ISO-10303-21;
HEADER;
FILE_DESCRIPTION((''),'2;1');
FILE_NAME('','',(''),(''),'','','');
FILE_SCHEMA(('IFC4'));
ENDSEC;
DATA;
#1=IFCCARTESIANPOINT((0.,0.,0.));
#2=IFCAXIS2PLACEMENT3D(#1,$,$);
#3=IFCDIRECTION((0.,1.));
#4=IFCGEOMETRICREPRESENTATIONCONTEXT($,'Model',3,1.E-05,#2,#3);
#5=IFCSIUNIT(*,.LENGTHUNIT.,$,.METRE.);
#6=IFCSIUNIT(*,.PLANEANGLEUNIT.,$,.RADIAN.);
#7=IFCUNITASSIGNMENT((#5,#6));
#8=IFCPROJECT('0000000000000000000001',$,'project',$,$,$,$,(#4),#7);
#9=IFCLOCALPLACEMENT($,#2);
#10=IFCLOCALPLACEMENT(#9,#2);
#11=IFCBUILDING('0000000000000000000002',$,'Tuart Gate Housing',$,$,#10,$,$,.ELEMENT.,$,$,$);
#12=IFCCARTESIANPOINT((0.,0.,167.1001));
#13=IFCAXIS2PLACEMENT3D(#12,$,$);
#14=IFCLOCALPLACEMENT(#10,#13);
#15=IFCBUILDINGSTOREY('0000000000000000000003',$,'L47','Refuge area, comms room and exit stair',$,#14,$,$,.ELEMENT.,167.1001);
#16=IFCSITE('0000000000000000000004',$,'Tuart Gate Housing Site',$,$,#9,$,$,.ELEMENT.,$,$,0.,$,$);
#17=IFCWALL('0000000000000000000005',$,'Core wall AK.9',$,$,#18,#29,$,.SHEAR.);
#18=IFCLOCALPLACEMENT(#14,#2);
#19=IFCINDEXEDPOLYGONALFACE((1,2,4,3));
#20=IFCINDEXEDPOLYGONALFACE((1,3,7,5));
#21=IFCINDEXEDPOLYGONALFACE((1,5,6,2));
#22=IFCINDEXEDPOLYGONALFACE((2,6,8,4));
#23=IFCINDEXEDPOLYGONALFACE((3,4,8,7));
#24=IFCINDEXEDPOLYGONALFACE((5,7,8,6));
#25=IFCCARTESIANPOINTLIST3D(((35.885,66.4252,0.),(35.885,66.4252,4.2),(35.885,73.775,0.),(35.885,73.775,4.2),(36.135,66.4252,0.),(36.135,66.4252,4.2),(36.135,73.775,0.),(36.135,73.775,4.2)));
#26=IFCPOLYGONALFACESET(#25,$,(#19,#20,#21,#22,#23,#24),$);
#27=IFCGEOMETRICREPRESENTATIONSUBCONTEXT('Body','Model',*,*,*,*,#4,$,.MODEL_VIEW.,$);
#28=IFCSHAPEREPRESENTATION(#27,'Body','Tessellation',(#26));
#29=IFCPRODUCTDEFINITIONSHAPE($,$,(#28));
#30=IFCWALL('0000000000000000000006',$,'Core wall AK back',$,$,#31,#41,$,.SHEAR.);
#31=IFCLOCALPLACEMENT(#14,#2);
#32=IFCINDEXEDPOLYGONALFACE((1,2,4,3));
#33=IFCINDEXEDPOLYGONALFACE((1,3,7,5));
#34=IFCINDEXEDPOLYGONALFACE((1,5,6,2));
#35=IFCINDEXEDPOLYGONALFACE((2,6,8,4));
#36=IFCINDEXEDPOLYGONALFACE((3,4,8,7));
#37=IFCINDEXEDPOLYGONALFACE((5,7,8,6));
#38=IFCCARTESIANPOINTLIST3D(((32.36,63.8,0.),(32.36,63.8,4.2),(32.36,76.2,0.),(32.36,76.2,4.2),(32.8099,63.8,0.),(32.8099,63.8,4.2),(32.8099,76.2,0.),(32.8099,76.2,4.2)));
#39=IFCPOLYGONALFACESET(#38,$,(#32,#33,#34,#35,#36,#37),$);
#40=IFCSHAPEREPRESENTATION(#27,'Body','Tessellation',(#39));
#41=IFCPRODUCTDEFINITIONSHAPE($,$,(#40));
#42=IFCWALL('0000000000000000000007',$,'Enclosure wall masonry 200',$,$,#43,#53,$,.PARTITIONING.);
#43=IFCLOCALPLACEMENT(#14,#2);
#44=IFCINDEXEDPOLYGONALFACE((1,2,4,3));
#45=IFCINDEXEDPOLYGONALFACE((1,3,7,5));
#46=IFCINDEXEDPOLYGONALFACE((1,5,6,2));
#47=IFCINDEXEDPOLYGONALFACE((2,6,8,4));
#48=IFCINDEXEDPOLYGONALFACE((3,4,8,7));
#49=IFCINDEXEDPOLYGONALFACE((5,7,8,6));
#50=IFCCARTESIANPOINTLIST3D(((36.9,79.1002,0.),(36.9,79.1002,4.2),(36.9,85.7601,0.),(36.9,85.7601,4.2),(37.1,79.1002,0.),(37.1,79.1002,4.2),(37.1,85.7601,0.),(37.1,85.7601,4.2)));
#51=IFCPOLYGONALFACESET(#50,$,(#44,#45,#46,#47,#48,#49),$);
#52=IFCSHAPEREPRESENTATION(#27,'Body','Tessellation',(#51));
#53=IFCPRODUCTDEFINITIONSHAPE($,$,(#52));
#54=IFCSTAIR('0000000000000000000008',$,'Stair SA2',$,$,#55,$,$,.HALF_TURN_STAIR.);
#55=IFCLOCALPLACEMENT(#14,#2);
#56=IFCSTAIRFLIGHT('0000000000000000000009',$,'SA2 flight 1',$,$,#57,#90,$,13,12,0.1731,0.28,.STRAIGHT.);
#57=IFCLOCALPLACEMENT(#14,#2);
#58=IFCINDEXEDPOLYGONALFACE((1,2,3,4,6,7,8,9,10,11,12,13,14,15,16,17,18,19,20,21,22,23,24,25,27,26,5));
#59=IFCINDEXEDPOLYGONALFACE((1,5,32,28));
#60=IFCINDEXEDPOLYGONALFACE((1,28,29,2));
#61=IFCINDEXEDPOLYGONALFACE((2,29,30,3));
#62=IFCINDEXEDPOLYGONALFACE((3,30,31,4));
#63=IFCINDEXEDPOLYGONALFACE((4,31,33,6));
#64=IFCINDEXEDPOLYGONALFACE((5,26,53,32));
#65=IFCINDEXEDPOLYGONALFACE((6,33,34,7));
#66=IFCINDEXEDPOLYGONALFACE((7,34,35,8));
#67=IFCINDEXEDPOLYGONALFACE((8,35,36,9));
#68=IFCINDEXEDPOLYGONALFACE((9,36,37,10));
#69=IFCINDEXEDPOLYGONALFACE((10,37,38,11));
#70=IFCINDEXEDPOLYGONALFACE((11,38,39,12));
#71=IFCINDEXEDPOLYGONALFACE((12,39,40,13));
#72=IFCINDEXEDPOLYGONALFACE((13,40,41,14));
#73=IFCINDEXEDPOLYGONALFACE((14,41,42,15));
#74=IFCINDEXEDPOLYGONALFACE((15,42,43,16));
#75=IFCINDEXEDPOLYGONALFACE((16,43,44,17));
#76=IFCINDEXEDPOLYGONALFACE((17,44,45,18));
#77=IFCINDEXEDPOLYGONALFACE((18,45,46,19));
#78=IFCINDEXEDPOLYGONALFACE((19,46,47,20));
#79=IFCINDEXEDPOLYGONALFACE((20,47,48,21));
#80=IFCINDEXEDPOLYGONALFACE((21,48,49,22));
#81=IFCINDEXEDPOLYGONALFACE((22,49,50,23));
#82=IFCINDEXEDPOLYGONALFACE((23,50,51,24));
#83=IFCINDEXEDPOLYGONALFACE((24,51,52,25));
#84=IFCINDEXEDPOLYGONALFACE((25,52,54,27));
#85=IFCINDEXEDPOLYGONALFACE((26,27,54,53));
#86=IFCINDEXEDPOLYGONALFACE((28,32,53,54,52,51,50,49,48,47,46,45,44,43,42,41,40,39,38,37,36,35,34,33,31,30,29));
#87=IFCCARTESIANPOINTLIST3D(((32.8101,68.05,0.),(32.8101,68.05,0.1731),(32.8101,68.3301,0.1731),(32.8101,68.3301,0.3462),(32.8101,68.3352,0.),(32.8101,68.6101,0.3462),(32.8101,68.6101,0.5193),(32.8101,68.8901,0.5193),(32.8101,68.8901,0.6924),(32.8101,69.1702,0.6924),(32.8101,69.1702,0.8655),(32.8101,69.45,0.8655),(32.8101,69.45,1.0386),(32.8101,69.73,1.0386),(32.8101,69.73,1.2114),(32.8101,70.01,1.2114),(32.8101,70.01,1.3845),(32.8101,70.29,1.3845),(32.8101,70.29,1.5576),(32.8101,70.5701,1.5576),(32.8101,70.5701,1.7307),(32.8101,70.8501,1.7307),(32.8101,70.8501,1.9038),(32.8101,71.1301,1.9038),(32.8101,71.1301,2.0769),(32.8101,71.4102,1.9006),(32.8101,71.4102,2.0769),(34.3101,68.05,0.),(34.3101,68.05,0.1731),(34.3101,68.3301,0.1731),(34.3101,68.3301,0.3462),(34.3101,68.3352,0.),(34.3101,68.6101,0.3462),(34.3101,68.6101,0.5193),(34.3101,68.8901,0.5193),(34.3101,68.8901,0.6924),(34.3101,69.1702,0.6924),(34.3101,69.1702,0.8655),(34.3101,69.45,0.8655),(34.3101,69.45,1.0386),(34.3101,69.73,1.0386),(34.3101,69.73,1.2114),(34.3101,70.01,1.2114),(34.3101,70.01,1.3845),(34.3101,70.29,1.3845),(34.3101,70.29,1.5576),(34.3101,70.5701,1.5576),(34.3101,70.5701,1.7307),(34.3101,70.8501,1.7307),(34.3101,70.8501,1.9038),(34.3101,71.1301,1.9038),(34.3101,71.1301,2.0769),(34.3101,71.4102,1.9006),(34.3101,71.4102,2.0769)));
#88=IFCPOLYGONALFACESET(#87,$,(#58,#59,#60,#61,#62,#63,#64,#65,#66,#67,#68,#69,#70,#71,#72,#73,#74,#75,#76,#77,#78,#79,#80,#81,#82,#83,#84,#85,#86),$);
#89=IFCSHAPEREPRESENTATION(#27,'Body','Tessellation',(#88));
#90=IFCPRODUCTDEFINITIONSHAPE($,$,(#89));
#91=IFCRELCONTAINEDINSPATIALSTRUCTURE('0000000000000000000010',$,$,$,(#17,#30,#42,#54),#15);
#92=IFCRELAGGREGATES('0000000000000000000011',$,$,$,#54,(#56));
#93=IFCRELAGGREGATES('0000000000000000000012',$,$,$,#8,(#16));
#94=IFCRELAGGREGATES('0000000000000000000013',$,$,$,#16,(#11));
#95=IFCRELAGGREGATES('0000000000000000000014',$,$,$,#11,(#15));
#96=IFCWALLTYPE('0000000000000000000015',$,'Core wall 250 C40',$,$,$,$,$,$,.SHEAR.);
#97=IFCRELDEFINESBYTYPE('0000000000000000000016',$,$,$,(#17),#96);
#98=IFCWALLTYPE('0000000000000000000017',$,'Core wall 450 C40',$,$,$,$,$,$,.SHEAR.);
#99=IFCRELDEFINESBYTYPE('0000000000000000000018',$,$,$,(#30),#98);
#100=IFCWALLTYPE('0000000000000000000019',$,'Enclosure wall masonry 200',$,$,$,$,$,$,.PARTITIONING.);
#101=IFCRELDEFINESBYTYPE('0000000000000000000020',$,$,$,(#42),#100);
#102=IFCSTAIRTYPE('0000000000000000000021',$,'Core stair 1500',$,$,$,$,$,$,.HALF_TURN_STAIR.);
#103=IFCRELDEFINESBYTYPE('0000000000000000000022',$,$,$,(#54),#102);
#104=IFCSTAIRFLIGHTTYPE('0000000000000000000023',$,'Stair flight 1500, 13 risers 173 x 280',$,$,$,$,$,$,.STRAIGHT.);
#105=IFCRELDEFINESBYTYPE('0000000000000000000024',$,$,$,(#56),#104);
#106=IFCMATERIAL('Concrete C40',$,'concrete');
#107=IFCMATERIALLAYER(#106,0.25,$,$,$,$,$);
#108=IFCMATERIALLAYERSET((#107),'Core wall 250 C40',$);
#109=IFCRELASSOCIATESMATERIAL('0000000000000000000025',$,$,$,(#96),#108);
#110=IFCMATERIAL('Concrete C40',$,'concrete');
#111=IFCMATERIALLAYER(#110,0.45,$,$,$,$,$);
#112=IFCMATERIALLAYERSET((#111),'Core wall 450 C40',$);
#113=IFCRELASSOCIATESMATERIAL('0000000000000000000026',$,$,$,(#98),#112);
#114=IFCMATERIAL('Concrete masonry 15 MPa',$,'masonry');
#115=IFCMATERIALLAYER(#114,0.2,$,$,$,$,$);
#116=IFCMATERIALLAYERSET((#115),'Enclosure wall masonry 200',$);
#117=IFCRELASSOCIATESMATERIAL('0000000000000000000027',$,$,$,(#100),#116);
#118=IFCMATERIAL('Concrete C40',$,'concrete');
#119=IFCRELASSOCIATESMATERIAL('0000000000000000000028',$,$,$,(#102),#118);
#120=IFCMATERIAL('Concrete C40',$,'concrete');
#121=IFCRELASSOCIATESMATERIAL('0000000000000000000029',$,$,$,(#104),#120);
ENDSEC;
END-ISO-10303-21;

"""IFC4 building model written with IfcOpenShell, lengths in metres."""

from ifc_helpers import new_model, si_unit, direction, frame, frame_2d, origin, place, context, subcontext, project, spatial, polyline, rectangle, outline, extrude, material, layer, layer_set, type_object, element, aggregate, save


model = new_model("IFC4")

# Units and contexts
model_context = context("Model", 3, precision=1e-05, world=origin(), true_north=direction((0.0, 1.0)))
body_context = subcontext(model_context, "Body", "Model", "MODEL_VIEW")
ifc_project = project(units=[si_unit("LENGTHUNIT", "METRE"), si_unit("PLANEANGLEUNIT", "RADIAN")], contexts=[model_context])

# Site, building, storey
site_placement = place(None, origin())
site = spatial("IfcSite", under=ifc_project, at=site_placement, Name="Tuart Gate Housing Site", CompositionType="ELEMENT", RefElevation=0.0)
building_placement = place(site_placement, origin())
building = spatial("IfcBuilding", under=site, at=building_placement, Name="Tuart Gate Housing", CompositionType="ELEMENT")
storey_placement = place(building_placement, frame((0.0, 0.0, 167.1001)))
storey = spatial("IfcBuildingStorey", under=building, at=storey_placement, Name="L47", Description="Refuge area, comms room and exit stair", CompositionType="ELEMENT", Elevation=167.1001)

# Walls
ifc_material_1 = material(Name="Concrete C40", Category="concrete")
ifc_layer_1 = layer(ifc_material_1, 0.25)
ifc_layer_set_1 = layer_set([ifc_layer_1], Name="Core wall 250 C40")
wall_type_1 = type_object("IfcWallType", Name="Core wall 250 C40", PredefinedType="SHEAR", material=ifc_layer_set_1)
wall_1_placement = place(storey_placement, frame((36.01, 73.7749, 0.0), z_axis=(0.0, 0.0, 1.0), x_axis=(0.0, -1.0, 0.0)))
element("IfcWall", 1, at=wall_1_placement, inside=storey, type_object=wall_type_1, Name="Core wall AK.9", PredefinedType="SHEAR", context=body_context, shape_type="SweptSolid", body=[
    extrude(rectangle(XDim=7.3499, YDim=0.25, at=frame_2d((3.6748, 0.0))), origin(), (0.0, 0.0, 1.0), 4.2),
])
ifc_material_2 = material(Name="Concrete C40", Category="concrete")
ifc_layer_2 = layer(ifc_material_2, 0.45)
ifc_layer_set_2 = layer_set([ifc_layer_2], Name="Core wall 450 C40")
wall_type_2 = type_object("IfcWallType", Name="Core wall 450 C40", PredefinedType="SHEAR", material=ifc_layer_set_2)
wall_2_placement = place(storey_placement, frame((32.585, 76.2, 0.0), z_axis=(0.0, 0.0, 1.0), x_axis=(0.0, -1.0, 0.0)))
element("IfcWall", 2, at=wall_2_placement, inside=storey, type_object=wall_type_2, Name="Core wall AK back", PredefinedType="SHEAR", context=body_context, shape_type="SweptSolid", body=[
    extrude(rectangle(XDim=12.3999, YDim=0.45, at=frame_2d((6.2, 0.0))), origin(), (0.0, 0.0, 1.0), 4.2),
])
ifc_material_3 = material(Name="Concrete masonry 15 MPa", Category="masonry")
ifc_layer_3 = layer(ifc_material_3, 0.2)
ifc_layer_set_3 = layer_set([ifc_layer_3], Name="Enclosure wall masonry 200")
wall_type_3 = type_object("IfcWallType", Name="Enclosure wall masonry 200", PredefinedType="PARTITIONING", material=ifc_layer_set_3)
wall_3_placement = place(storey_placement, frame((37.0, 79.1001, 0.0), z_axis=(0.0, 0.0, 1.0), x_axis=(0.0, 1.0, 0.0)))
element("IfcWall", 3, at=wall_3_placement, inside=storey, type_object=wall_type_3, Name="Enclosure wall masonry 200", PredefinedType="PARTITIONING", context=body_context, shape_type="SweptSolid", body=[
    extrude(rectangle(XDim=6.6599, YDim=0.2, at=frame_2d((3.3301, 0.0))), origin(), (0.0, 0.0, 1.0), 4.2),
])

# Stair, stair flight
ifc_material_4 = material(Name="Concrete C40", Category="concrete")
stair_type = type_object("IfcStairType", Name="Core stair 1500", PredefinedType="HALF_TURN_STAIR", material=ifc_material_4)
stair_placement = place(storey_placement, origin())
stair = element("IfcStair", 4, at=stair_placement, inside=storey, type_object=stair_type, Name="Stair SA2", PredefinedType="HALF_TURN_STAIR")
ifc_material_5 = material(Name="Concrete C40", Category="concrete")
stair_flight_type = type_object("IfcStairFlightType", Name="Stair flight 1500, 13 risers 173 x 280", PredefinedType="STRAIGHT", material=ifc_material_5)
stair_flight_placement = place(storey_placement, frame((33.5601, 68.05, 0.0), z_axis=(0.0, 0.0, 1.0), x_axis=(0.0, 1.0, 0.0)))
stair_flight = element("IfcStairFlight", 5, at=stair_flight_placement, type_object=stair_flight_type, Name="SA2 flight 1", NumberOfRisers=13, NumberOfTreads=12, PredefinedType="STRAIGHT", RiserHeight=0.1731, TreadLength=0.28, context=body_context, shape_type="SweptSolid", body=[
    extrude(outline(polyline([(0.0, 0.0), (0.0, 0.1731), (0.28, 0.1731), (0.28, 0.3462), (0.5601, 0.3462), (0.5601, 0.5193), (0.8401, 0.5193), (0.8401, 0.6924), (1.1201, 0.6924), (1.1201, 0.8655), (1.3999, 0.8655), (1.3999, 1.0386), (1.6799, 1.0386), (1.6799, 1.2114), (1.96, 1.2114), (1.96, 1.3845), (2.24, 1.3845), (2.24, 1.5576), (2.52, 1.5576), (2.52, 1.7307), (2.8, 1.7307), (2.8, 1.9038), (3.0801, 1.9038), (3.0801, 2.0769), (3.3601, 2.0769), (3.3601, 2.25), (3.3601, 1.9006), (0.2852, 0.0), (0.0, 0.0)])), frame((0.0, 0.75, 0.0), z_axis=(0.0, -1.0, 0.0), x_axis=(1.0, 0.0, 0.0)), (0.0, 0.0, 1.0), 1.5),
])
aggregate(stair, [stair_flight])

save(model, "model.ifc")
